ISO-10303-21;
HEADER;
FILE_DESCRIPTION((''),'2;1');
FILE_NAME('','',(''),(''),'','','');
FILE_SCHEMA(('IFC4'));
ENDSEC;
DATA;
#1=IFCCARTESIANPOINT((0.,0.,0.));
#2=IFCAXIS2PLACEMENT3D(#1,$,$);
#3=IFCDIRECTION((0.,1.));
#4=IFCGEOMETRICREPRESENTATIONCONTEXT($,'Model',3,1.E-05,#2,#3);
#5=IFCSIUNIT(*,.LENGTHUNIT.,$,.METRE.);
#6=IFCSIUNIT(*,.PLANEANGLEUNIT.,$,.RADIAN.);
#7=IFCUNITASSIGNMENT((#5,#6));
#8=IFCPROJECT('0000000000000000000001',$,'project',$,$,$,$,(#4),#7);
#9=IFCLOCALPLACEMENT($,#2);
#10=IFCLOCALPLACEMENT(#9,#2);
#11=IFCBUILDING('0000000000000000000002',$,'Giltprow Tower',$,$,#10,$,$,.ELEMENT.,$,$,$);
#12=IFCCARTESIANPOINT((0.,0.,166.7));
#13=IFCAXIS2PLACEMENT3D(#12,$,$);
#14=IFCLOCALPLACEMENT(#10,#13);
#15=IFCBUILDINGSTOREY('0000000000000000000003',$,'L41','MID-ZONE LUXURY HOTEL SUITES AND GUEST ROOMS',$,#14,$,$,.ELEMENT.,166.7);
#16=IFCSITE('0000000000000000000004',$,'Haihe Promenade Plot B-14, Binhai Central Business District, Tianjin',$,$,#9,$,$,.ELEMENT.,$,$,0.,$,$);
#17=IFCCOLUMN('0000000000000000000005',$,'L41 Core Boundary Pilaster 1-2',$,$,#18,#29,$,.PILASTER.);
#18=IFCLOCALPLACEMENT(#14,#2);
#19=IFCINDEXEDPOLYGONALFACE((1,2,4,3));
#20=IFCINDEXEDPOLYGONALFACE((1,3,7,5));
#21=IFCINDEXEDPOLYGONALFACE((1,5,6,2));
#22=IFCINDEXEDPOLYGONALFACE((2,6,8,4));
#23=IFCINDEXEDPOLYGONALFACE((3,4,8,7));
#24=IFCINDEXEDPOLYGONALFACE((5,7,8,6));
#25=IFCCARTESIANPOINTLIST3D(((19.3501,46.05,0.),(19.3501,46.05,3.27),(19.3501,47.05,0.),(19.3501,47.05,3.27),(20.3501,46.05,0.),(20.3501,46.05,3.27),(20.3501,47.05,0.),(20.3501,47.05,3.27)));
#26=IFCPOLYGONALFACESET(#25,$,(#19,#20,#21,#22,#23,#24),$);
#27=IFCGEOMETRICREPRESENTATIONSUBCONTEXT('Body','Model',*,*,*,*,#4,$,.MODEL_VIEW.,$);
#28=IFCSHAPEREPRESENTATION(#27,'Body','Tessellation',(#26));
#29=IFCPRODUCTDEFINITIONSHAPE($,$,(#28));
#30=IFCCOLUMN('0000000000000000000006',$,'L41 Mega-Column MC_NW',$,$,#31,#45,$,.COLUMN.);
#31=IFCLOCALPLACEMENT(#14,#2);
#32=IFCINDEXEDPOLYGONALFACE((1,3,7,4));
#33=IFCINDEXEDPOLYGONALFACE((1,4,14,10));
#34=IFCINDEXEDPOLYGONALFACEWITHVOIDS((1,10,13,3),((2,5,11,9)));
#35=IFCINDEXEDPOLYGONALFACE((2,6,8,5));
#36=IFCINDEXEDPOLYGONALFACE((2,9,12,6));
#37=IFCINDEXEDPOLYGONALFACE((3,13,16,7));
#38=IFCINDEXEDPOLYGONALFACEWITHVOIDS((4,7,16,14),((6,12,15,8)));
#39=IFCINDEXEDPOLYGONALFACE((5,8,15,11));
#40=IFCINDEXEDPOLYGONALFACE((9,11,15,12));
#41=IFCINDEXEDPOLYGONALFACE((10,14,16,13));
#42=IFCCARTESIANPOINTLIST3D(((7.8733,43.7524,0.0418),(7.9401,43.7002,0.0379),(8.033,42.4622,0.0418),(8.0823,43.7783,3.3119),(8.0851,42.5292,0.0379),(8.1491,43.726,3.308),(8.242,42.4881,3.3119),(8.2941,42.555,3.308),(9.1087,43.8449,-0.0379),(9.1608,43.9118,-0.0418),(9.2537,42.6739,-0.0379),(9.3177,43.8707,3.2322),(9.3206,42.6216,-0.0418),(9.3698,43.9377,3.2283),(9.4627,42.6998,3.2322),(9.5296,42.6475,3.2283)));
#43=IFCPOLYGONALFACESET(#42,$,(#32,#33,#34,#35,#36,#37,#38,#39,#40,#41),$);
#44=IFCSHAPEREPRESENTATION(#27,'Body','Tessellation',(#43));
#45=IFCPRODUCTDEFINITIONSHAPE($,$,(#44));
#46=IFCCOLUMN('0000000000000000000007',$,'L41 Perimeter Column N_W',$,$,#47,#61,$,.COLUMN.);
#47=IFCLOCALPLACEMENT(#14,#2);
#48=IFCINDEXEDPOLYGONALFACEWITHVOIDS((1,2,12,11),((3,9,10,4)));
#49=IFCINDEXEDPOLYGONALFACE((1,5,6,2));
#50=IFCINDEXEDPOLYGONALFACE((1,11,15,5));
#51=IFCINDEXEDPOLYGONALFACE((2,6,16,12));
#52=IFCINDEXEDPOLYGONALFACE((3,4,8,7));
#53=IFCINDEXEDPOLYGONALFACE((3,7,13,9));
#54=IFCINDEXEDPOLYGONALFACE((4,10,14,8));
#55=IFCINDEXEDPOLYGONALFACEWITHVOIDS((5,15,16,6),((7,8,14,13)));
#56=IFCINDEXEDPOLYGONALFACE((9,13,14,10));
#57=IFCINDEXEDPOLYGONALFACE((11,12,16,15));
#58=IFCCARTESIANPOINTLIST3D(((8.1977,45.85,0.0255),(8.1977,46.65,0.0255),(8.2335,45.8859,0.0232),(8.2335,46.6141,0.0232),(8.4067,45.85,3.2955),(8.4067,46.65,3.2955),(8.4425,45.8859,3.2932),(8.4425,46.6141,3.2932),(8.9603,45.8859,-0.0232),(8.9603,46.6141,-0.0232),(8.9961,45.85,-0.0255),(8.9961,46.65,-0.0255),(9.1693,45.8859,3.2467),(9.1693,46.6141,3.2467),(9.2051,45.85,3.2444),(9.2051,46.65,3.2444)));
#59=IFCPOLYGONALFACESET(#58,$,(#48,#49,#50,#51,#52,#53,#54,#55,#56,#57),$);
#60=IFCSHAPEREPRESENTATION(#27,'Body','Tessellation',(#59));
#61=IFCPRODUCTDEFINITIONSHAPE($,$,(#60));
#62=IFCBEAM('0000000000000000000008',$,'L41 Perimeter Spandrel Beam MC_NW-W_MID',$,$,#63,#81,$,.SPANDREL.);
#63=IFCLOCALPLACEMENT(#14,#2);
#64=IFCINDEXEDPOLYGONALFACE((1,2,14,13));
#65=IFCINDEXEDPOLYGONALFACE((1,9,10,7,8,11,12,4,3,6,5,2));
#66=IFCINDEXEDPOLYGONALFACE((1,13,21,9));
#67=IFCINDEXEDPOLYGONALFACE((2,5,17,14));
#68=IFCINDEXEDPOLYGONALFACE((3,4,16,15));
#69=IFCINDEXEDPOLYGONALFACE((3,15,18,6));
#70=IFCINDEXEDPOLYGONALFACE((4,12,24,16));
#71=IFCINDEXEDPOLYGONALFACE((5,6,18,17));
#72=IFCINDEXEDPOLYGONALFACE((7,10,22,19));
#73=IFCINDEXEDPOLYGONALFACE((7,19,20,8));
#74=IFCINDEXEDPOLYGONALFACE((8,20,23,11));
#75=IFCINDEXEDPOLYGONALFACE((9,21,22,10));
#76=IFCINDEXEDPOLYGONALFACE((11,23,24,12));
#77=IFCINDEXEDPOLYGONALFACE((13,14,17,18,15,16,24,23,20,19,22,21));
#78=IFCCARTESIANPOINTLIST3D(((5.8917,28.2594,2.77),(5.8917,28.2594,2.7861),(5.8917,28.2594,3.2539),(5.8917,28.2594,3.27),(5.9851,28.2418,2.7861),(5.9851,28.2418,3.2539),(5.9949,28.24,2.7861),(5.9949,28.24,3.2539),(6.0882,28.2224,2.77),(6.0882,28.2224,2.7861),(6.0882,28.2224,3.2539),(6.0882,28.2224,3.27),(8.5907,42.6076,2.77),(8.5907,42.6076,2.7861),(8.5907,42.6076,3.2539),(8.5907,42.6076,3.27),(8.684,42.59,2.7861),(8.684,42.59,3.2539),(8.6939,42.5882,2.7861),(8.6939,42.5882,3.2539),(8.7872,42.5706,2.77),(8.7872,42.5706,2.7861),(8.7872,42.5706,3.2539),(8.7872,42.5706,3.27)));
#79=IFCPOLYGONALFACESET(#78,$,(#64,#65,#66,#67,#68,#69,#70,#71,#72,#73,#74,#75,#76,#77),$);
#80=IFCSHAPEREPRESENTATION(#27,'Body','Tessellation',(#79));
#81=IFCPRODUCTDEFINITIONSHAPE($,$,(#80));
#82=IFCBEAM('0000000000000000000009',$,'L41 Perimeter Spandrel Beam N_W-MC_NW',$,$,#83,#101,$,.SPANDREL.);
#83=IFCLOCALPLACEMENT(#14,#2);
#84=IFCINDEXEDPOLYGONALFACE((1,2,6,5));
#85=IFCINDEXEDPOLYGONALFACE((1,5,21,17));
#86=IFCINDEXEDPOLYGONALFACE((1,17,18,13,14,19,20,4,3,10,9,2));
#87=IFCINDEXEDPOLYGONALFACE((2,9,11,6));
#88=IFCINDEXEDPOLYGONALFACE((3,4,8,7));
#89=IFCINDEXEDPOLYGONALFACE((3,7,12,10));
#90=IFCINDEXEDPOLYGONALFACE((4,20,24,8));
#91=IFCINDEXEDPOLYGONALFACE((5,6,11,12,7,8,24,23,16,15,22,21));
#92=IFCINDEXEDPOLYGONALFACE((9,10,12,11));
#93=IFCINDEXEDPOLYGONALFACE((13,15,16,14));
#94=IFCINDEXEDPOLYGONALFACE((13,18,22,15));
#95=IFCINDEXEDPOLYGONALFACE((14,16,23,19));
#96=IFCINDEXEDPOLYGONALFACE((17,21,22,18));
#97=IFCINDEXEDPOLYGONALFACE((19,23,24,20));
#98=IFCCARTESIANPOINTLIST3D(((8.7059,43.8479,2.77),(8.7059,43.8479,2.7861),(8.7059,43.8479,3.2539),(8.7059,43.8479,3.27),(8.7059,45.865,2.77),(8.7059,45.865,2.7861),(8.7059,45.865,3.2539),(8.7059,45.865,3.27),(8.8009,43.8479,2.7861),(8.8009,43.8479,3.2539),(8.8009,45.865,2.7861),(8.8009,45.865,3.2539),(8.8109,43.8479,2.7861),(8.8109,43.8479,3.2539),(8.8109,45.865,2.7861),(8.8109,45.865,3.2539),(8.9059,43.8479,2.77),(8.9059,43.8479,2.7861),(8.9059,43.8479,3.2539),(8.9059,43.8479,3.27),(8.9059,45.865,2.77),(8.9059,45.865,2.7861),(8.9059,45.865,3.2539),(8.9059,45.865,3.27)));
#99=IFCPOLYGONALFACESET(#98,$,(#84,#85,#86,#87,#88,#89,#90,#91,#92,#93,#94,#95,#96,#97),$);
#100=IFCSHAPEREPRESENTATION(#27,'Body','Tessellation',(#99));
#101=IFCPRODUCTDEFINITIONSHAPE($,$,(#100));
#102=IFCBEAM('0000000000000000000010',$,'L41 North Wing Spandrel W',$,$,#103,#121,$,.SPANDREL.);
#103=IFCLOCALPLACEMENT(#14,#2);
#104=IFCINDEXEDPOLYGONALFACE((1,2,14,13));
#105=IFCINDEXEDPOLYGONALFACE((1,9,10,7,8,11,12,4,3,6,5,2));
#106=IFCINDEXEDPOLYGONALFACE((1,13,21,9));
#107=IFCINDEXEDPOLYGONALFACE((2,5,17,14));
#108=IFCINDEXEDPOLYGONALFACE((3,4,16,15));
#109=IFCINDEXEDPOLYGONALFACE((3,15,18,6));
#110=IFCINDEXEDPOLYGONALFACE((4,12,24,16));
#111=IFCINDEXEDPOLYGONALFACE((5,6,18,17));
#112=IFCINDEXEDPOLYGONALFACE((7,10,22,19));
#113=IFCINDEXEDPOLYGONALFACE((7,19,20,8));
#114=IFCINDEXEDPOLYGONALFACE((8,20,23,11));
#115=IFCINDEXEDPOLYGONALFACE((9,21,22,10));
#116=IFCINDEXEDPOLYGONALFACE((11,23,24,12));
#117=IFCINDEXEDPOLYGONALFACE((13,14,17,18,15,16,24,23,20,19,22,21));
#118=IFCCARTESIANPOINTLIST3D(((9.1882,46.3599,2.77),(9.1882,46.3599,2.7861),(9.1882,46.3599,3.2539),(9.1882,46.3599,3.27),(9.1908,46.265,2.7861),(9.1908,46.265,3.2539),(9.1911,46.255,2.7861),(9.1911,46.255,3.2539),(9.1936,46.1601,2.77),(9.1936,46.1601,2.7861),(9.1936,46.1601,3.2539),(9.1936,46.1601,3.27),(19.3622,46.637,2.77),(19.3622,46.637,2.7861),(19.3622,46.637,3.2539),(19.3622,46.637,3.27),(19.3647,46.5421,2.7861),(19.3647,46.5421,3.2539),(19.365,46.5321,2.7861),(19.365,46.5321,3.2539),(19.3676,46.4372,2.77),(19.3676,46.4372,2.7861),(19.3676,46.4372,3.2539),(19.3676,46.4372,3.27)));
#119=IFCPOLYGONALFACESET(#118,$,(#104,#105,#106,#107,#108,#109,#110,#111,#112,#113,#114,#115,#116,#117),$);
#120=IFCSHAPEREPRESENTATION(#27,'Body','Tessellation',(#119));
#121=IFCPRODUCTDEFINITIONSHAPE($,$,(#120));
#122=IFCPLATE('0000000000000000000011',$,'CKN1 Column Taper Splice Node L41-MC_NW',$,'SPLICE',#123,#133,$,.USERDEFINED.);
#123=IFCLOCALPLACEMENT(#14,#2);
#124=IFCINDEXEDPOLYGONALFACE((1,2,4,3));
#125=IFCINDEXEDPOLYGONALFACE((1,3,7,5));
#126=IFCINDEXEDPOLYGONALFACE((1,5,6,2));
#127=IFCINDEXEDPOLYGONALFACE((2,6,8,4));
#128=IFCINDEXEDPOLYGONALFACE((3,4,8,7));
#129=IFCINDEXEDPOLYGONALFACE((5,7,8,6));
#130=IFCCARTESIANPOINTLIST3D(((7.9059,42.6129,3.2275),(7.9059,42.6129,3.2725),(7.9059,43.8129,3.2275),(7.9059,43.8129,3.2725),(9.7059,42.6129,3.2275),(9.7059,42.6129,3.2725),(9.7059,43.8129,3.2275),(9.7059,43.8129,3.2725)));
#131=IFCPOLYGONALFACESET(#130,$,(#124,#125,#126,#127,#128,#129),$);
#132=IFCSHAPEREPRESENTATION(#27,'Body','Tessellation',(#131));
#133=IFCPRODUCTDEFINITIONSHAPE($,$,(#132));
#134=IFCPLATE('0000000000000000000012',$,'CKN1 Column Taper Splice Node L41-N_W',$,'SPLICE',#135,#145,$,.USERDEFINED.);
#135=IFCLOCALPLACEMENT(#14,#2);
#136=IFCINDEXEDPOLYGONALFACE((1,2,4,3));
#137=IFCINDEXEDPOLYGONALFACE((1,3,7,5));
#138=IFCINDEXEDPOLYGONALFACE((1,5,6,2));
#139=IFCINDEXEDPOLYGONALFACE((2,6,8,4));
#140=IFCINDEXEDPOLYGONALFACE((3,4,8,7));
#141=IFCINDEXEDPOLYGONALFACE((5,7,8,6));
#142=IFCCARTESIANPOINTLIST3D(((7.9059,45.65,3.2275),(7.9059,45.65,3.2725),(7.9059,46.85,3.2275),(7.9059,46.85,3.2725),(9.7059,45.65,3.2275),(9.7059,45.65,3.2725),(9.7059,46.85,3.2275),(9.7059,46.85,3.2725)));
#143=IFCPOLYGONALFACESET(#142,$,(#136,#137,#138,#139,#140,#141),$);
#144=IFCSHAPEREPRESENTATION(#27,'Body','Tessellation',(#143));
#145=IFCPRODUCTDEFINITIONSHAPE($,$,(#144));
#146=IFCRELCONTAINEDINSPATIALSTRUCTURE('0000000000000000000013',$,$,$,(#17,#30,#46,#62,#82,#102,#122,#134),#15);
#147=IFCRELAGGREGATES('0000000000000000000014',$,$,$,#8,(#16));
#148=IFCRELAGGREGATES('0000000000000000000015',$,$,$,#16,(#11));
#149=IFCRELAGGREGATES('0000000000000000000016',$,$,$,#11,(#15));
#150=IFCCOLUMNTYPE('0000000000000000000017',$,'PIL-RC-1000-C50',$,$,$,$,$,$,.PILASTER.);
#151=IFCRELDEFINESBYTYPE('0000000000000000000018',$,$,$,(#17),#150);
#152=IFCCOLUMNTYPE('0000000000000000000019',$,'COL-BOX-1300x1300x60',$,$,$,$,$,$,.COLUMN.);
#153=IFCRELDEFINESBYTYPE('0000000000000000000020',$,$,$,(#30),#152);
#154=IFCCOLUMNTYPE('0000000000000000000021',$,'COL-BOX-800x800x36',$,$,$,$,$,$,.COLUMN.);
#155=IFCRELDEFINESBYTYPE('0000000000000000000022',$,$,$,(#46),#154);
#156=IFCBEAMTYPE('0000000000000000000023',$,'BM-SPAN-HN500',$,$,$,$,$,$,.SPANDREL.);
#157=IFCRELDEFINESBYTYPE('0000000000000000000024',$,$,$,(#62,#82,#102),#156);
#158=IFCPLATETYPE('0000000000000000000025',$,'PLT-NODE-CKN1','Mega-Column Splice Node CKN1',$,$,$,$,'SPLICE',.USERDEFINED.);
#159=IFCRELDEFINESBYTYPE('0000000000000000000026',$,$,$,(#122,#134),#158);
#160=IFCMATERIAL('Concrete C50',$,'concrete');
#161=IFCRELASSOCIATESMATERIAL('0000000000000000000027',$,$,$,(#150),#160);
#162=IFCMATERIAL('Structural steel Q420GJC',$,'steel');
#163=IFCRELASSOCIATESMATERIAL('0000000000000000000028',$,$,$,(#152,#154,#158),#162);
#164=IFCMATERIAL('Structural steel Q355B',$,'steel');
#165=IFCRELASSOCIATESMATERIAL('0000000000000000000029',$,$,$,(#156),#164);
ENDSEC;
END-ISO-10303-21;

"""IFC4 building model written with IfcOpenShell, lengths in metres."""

from ifc_helpers import new_model, si_unit, direction, frame, origin, origin_2d, place, context, subcontext, project, spatial, rectangle, hollow_rectangle, i_section, extrude, source, transform, mapped, material, material_profile, profile_set, type_object, element, save


model = new_model("IFC4")

# Units and contexts
model_context = context("Model", 3, precision=1e-05, world=origin(), true_north=direction((0.0, 1.0)))
body_context = subcontext(model_context, "Body", "Model", "MODEL_VIEW")
ifc_project = project(units=[si_unit("LENGTHUNIT", "METRE"), si_unit("PLANEANGLEUNIT", "RADIAN")], contexts=[model_context])

# Site, building, storey
site_placement = place(None, origin())
site = spatial("IfcSite", under=ifc_project, at=site_placement, Name="Haihe Promenade Plot B-14, Binhai Central Business District, Tianjin", CompositionType="ELEMENT", RefElevation=0.0)
building_placement = place(site_placement, origin())
building = spatial("IfcBuilding", under=site, at=building_placement, Name="Giltprow Tower", CompositionType="ELEMENT")
storey_placement = place(building_placement, frame((0.0, 0.0, 166.7)))
storey = spatial("IfcBuildingStorey", under=building, at=storey_placement, Name="L41", Description="MID-ZONE LUXURY HOTEL SUITES AND GUEST ROOMS", CompositionType="ELEMENT", Elevation=166.7)

# Columns
ifc_material_1 = material(Name="Concrete C50", Category="concrete")
ifc_material_profile_1 = material_profile(ifc_material_1, rectangle(XDim=1.0, YDim=1.0, at=origin_2d()), Name="RC 1000x1000")
ifc_profile_set_1 = profile_set([ifc_material_profile_1], Name="Concrete C50")
column_type_1 = type_object("IfcColumnType", Name="PIL-RC-1000-C50", PredefinedType="PILASTER", material=ifc_profile_set_1)
shared_shape_1 = source(origin(), body_context, "Body", "SweptSolid", [
    extrude(rectangle(XDim=1.0, YDim=1.0, at=origin_2d()), origin(), (0.0, 0.0, 1.0), 3.27),
])
column_1_placement = place(storey_placement, frame((19.8501, 46.55, 0.0), z_axis=(0.0, 0.0, 1.0), x_axis=(1.0, 0.0, 0.0)))
element("IfcColumn", 1, at=column_1_placement, inside=storey, type_object=column_type_1, Name="L41 Core Boundary Pilaster 1-2", PredefinedType="PILASTER", context=body_context, shape_type="MappedRepresentation", body=[
    mapped(shared_shape_1, transform((0.0, 0.0, 0.0), x_axis=(1.0, 0.0, 0.0), y_axis=(0.0, 1.0, 0.0), z_axis=(0.0, 0.0, 1.0), scale=1.0)),
])
ifc_material_2 = material(Name="Structural steel Q420GJC", Category="steel")
ifc_material_profile_2 = material_profile(ifc_material_2, hollow_rectangle(XDim=1.3, YDim=1.3, WallThickness=0.0601, at=origin_2d()), Name="BOX 1300x1300x60")
ifc_profile_set_2 = profile_set([ifc_material_profile_2], Name="Structural steel Q420GJC")
column_type_2 = type_object("IfcColumnType", Name="COL-BOX-1300x1300x60", PredefinedType="COLUMN", material=ifc_profile_set_2)
shared_shape_2 = source(origin(), body_context, "Body", "SweptSolid", [
    extrude(hollow_rectangle(XDim=1.3, YDim=1.3, WallThickness=0.0601, at=origin_2d()), origin(), (0.0, 0.0, 1.0), 3.2769),
])
column_2_placement = place(storey_placement, frame((8.5969, 43.187, 0.0), z_axis=(0.063777, 0.007898, 0.997933), x_axis=(-0.122893, 0.99242, 0.0)))
element("IfcColumn", 2, at=column_2_placement, inside=storey, type_object=column_type_2, Name="L41 Mega-Column MC_NW", PredefinedType="COLUMN", context=body_context, shape_type="MappedRepresentation", body=[
    mapped(shared_shape_2, transform((0.0, 0.0, 0.0), x_axis=(1.0, 0.0, 0.0), y_axis=(0.0, 1.0, 0.0), z_axis=(0.0, 0.0, 1.0), scale=1.0)),
])
ifc_material_profile_3 = material_profile(ifc_material_2, hollow_rectangle(XDim=0.8, YDim=0.8, WallThickness=0.0359, at=origin_2d()), Name="BOX 800x800x36")
ifc_profile_set_3 = profile_set([ifc_material_profile_3], Name="Structural steel Q420GJC")
column_type_3 = type_object("IfcColumnType", Name="COL-BOX-800x800x36", PredefinedType="COLUMN", material=ifc_profile_set_3)
shared_shape_3 = source(origin(), body_context, "Body", "SweptSolid", [
    extrude(hollow_rectangle(XDim=0.8, YDim=0.8, WallThickness=0.0359, at=origin_2d()), origin(), (0.0, 0.0, 1.0), 3.2766),
])
column_3_placement = place(storey_placement, frame((8.5969, 46.25, 0.0), z_axis=(0.063779, 0.0, 0.997964), x_axis=(0.0, 1.0, 0.0)))
element("IfcColumn", 3, at=column_3_placement, inside=storey, type_object=column_type_3, Name="L41 Perimeter Column N_W", PredefinedType="COLUMN", context=body_context, shape_type="MappedRepresentation", body=[
    mapped(shared_shape_3, transform((0.0, 0.0, 0.0), x_axis=(1.0, 0.0, 0.0), y_axis=(0.0, 1.0, 0.0), z_axis=(0.0, 0.0, 1.0), scale=1.0)),
])

# Beams
ifc_material_3 = material(Name="Structural steel Q355B", Category="steel")
ifc_material_profile_4 = material_profile(ifc_material_3, i_section(OverallWidth=0.2, OverallDepth=0.5, WebThickness=0.01, FlangeThickness=0.0161, at=origin_2d()), Name="HN 500x200x10x16")
ifc_profile_set_4 = profile_set([ifc_material_profile_4], Name="Structural steel Q355B")
beam_type = type_object("IfcBeamType", Name="BM-SPAN-HN500", PredefinedType="SPANDREL", material=ifc_profile_set_4)
shared_shape_4 = source(origin(), body_context, "Body", "SweptSolid", [
    extrude(i_section(OverallWidth=0.2, OverallDepth=0.5, WebThickness=0.01, FlangeThickness=0.0161, at=origin_2d()), origin(), (0.0, 0.0, 1.0), 14.5999),
])
beam_1_placement = place(storey_placement, frame((8.689, 42.5891, 3.02), z_axis=(-0.184864, -0.982764, 0.0), x_axis=(0.982764, -0.184864, 0.0)))
element("IfcBeam", 4, at=beam_1_placement, inside=storey, type_object=beam_type, Name="L41 Perimeter Spandrel Beam MC_NW-W_MID", PredefinedType="SPANDREL", context=body_context, shape_type="MappedRepresentation", body=[
    mapped(shared_shape_4, transform((0.0, 0.0, 0.0), x_axis=(1.0, 0.0, 0.0), y_axis=(0.0, 1.0, 0.0), z_axis=(0.0, 0.0, 1.0), scale=1.0)),
])
shared_shape_5 = source(origin(), body_context, "Body", "SweptSolid", [
    extrude(i_section(OverallWidth=0.2, OverallDepth=0.5, WebThickness=0.01, FlangeThickness=0.0161, at=origin_2d()), origin(), (0.0, 0.0, 1.0), 2.0171),
])
beam_2_placement = place(storey_placement, frame((8.8059, 45.865, 3.02), z_axis=(0.0, -1.0, 0.0), x_axis=(1.0, 0.0, 0.0)))
element("IfcBeam", 5, at=beam_2_placement, inside=storey, type_object=beam_type, Name="L41 Perimeter Spandrel Beam N_W-MC_NW", PredefinedType="SPANDREL", context=body_context, shape_type="MappedRepresentation", body=[
    mapped(shared_shape_5, transform((0.0, 0.0, 0.0), x_axis=(1.0, 0.0, 0.0), y_axis=(0.0, 1.0, 0.0), z_axis=(0.0, 0.0, 1.0), scale=1.0)),
])
shared_shape_6 = source(origin(), body_context, "Body", "SweptSolid", [
    extrude(i_section(OverallWidth=0.2, OverallDepth=0.5, WebThickness=0.01, FlangeThickness=0.0161, at=origin_2d()), origin(), (0.0, 0.0, 1.0), 10.1777),
])
beam_3_placement = place(storey_placement, frame((9.1909, 46.26, 3.02), z_axis=(0.999629, 0.027226, 0.0), x_axis=(-0.027226, 0.999629, 0.0)))
element("IfcBeam", 6, at=beam_3_placement, inside=storey, type_object=beam_type, Name="L41 North Wing Spandrel W", PredefinedType="SPANDREL", context=body_context, shape_type="MappedRepresentation", body=[
    mapped(shared_shape_6, transform((0.0, 0.0, 0.0), x_axis=(1.0, 0.0, 0.0), y_axis=(0.0, 1.0, 0.0), z_axis=(0.0, 0.0, 1.0), scale=1.0)),
])

# Plates
plate_type = type_object("IfcPlateType", Name="PLT-NODE-CKN1", Description="Mega-Column Splice Node CKN1", ElementType="SPLICE", PredefinedType="USERDEFINED", material=ifc_material_2)
shared_shape_7 = source(origin(), body_context, "Body", "SweptSolid", [
    extrude(rectangle(XDim=1.8, YDim=1.2, at=origin_2d()), origin(), (0.0, 0.0, 1.0), 0.0449),
])
for number, where, z_axis, x_axis, name in (
    (7, (8.8059, 43.2129, 3.2275), (0.0, 0.0, 1.0), (1.0, 0.0, 0.0), "CKN1 Column Taper Splice Node L41-MC_NW"),
    (8, (8.8059, 46.25, 3.2275), (0.0, 0.0, 1.0), (1.0, 0.0, 0.0), "CKN1 Column Taper Splice Node L41-N_W"),
):
    element("IfcPlate", number, at=place(storey_placement, frame(where, z_axis=z_axis, x_axis=x_axis)), inside=storey, type_object=plate_type, Name=name, ObjectType="SPLICE", PredefinedType="USERDEFINED", context=body_context, shape_type="MappedRepresentation", body=[
        mapped(shared_shape_7, transform((0.0, 0.0, 0.0), x_axis=(1.0, 0.0, 0.0), y_axis=(0.0, 1.0, 0.0), z_axis=(0.0, 0.0, 1.0), scale=1.0)),
    ])

save(model, "model.ifc")
